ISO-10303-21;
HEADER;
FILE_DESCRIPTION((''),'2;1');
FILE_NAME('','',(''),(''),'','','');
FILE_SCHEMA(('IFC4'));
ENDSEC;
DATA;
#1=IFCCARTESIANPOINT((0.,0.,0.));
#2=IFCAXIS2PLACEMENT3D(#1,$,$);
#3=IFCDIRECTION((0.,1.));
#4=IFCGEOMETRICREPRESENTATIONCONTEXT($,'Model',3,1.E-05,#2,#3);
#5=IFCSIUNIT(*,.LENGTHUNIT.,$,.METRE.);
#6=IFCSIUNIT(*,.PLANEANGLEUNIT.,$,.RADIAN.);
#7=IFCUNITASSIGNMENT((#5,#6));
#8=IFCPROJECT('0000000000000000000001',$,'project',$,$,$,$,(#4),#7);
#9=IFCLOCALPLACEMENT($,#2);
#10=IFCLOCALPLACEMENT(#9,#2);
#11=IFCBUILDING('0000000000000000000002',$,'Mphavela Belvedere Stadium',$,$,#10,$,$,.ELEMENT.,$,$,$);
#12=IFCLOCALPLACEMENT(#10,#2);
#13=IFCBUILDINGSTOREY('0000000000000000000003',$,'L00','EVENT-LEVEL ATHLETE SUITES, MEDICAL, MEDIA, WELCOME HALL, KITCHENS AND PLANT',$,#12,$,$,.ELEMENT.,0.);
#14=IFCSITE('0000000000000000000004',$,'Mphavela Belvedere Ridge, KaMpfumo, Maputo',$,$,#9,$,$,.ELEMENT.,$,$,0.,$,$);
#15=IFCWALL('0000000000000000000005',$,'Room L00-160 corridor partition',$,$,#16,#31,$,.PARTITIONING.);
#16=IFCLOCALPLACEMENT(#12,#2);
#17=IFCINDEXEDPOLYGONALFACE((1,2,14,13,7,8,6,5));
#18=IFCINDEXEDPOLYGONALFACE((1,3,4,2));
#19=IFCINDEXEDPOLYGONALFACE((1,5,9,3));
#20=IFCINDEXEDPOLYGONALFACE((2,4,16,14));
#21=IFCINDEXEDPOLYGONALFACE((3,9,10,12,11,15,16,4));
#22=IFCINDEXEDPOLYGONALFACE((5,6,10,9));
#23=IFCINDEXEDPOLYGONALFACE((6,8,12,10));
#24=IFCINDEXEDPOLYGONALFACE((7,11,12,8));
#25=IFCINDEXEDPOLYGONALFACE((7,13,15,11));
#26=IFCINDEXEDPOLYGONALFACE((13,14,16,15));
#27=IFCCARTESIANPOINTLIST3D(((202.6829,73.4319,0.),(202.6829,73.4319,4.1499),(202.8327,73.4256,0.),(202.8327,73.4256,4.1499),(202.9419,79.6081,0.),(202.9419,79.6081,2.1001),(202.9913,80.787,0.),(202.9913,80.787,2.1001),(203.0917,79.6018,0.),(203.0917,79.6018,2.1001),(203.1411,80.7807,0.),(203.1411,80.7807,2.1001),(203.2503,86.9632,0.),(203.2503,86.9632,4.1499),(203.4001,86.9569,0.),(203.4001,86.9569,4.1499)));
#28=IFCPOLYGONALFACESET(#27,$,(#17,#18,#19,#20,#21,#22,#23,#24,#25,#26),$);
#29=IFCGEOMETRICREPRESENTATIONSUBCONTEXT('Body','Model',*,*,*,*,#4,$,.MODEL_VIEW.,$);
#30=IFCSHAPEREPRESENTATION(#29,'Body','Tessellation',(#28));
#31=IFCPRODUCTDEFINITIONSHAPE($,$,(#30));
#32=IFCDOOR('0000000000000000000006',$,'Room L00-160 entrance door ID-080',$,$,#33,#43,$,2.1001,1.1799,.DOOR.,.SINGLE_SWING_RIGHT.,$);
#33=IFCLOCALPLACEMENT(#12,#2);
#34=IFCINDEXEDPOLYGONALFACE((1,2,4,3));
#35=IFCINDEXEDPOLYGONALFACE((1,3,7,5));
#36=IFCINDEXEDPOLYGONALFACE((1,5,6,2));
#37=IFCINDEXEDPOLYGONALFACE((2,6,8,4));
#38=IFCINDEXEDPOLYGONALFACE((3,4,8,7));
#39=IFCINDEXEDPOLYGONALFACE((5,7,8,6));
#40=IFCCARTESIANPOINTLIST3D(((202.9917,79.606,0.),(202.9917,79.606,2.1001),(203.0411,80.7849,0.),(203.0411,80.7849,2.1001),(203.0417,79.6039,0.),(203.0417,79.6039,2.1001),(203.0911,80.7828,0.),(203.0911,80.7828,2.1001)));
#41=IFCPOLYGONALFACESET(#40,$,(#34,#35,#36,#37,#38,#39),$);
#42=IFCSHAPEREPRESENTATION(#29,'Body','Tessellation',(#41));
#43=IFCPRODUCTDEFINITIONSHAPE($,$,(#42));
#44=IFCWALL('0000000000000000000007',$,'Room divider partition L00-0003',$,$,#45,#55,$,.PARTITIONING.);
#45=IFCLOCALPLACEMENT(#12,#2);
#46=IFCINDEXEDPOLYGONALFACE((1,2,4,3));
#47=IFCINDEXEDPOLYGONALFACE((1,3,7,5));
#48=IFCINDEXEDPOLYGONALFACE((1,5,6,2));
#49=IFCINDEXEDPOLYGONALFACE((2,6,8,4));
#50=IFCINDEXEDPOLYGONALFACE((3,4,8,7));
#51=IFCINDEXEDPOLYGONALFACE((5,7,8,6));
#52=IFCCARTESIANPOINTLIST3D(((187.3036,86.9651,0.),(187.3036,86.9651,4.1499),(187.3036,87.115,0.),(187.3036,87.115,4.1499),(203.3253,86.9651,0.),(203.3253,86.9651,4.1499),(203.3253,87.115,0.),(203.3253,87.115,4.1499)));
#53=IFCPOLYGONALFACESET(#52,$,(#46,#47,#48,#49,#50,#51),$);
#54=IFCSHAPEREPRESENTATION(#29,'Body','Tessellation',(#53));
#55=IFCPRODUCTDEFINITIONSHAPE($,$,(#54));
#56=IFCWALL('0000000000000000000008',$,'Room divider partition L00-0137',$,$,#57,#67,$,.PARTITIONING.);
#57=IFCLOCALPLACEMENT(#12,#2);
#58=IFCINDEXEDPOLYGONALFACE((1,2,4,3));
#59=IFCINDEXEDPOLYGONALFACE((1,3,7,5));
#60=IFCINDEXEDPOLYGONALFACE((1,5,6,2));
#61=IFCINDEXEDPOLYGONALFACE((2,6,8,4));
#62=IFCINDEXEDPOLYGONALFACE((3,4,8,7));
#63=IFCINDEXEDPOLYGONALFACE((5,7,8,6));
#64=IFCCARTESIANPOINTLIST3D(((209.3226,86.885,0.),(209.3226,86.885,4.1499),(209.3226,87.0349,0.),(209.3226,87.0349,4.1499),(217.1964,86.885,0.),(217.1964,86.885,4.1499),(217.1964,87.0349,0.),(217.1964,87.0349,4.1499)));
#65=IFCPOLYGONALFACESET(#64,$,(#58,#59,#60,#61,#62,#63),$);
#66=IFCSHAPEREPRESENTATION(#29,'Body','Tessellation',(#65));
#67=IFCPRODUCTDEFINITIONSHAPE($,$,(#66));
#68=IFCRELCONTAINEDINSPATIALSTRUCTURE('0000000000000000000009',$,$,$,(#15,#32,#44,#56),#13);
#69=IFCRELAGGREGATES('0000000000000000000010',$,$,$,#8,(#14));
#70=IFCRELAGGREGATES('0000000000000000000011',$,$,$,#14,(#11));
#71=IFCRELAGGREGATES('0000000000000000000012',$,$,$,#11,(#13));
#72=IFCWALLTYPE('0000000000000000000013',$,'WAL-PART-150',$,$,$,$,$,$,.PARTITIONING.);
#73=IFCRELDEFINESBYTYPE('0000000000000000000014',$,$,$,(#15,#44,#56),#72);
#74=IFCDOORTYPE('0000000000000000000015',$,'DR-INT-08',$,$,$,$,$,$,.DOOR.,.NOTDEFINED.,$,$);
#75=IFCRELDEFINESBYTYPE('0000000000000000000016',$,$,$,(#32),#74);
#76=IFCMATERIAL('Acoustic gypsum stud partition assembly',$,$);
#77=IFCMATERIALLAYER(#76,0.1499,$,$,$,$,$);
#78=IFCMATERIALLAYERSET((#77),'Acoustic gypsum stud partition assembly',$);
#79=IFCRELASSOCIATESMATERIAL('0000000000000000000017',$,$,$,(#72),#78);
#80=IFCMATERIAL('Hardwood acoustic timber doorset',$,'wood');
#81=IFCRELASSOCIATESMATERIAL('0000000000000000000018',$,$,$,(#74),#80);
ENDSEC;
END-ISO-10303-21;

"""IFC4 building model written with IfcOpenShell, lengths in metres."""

from ifc_helpers import new_model, si_unit, direction, frame, frame_2d, origin, place, context, subcontext, project, spatial, rectangle, extrude, material, layer, layer_set, type_object, element, fill, save


model = new_model("IFC4")

# Units and contexts
model_context = context("Model", 3, precision=1e-05, world=origin(), true_north=direction((0.0, 1.0)))
body_context = subcontext(model_context, "Body", "Model", "MODEL_VIEW")
ifc_project = project(units=[si_unit("LENGTHUNIT", "METRE"), si_unit("PLANEANGLEUNIT", "RADIAN")], contexts=[model_context])

# Site, building, storey
site_placement = place(None, origin())
site = spatial("IfcSite", under=ifc_project, at=site_placement, Name="Mphavela Belvedere Ridge, KaMpfumo, Maputo", CompositionType="ELEMENT", RefElevation=0.0)
building_placement = place(site_placement, origin())
building = spatial("IfcBuilding", under=site, at=building_placement, Name="Mphavela Belvedere Stadium", CompositionType="ELEMENT")
storey_placement = place(building_placement, origin())
storey = spatial("IfcBuildingStorey", under=building, at=storey_placement, Name="L00", Description="EVENT-LEVEL ATHLETE SUITES, MEDICAL, MEDIA, WELCOME HALL, KITCHENS AND PLANT", CompositionType="ELEMENT", Elevation=0.0)

# Wall, opening, door
ifc_material_1 = material(Name="Acoustic gypsum stud partition assembly")
ifc_layer_1 = layer(ifc_material_1, 0.1499)
ifc_layer_set_1 = layer_set([ifc_layer_1], Name="Acoustic gypsum stud partition assembly")
wall_type_1 = type_object("IfcWallType", Name="WAL-PART-150", PredefinedType="PARTITIONING", material=ifc_layer_set_1)
wall_1_placement = place(storey_placement, frame((203.3252, 86.96, 0.0), z_axis=(0.0, 0.0, 1.0), x_axis=(-0.041894, -0.999122, 0.0)))
wall_1 = element("IfcWall", 1, at=wall_1_placement, inside=storey, type_object=wall_type_1, Name="Room L00-160 corridor partition", PredefinedType="PARTITIONING", context=body_context, shape_type="SweptSolid", body=[
    extrude(rectangle(XDim=13.5432, YDim=0.1499, at=frame_2d((6.7715, 0.0))), origin(), (0.0, 0.0, 1.0), 4.1499),
])
opening_1_placement = place(wall_1_placement, frame((6.1816, 0.0, 0.0)))
opening_1 = element("IfcOpeningElement", 2, at=opening_1_placement, cuts=wall_1, PredefinedType="OPENING", context=body_context, shape_type="SweptSolid", body=[
    extrude(rectangle(XDim=1.1799, YDim=2.1001, at=frame_2d((0.5898, 1.05))), frame((0.0, 0.085, 0.0), z_axis=(0.0, -1.0, 0.0), x_axis=(1.0, 0.0, 0.0)), (0.0, 0.0, 1.0), 0.1699),
])
ifc_material_2 = material(Name="Hardwood acoustic timber doorset", Category="wood")
door_type_1 = type_object("IfcDoorType", Name="DR-INT-08", OperationType="NOTDEFINED", PredefinedType="DOOR", material=ifc_material_2)
door_1_placement = place(opening_1_placement, origin())
door_1 = element("IfcDoor", 3, at=door_1_placement, inside=storey, type_object=door_type_1, Name="Room L00-160 entrance door ID-080", OperationType="SINGLE_SWING_RIGHT", OverallHeight=2.1001, OverallWidth=1.1799, PredefinedType="DOOR", context=body_context, shape_type="SweptSolid", body=[
    extrude(rectangle(XDim=1.1799, YDim=2.1001, at=frame_2d((0.5898, 1.05))), frame((0.0, 0.0249, 0.0), z_axis=(0.0, -1.0, 0.0), x_axis=(1.0, 0.0, 0.0)), (0.0, 0.0, 1.0), 0.05),
])
fill(opening_1, door_1)

# Walls
wall_2_placement = place(storey_placement, frame((203.3252, 87.04, 0.0), z_axis=(0.0, 0.0, 1.0), x_axis=(-1.0, 0.0, 0.0)))
element("IfcWall", 4, at=wall_2_placement, inside=storey, type_object=wall_type_1, Name="Room divider partition L00-0003", PredefinedType="PARTITIONING", context=body_context, shape_type="SweptSolid", body=[
    extrude(rectangle(XDim=16.0217, YDim=0.1499, at=frame_2d((8.0107, 0.0))), origin(), (0.0, 0.0, 1.0), 4.1499),
])
wall_3_placement = place(storey_placement, frame((209.3225, 86.96, 0.0), z_axis=(0.0, 0.0, 1.0), x_axis=(1.0, 0.0, 0.0)))
element("IfcWall", 5, at=wall_3_placement, inside=storey, type_object=wall_type_1, Name="Room divider partition L00-0137", PredefinedType="PARTITIONING", context=body_context, shape_type="SweptSolid", body=[
    extrude(rectangle(XDim=7.8738, YDim=0.1499, at=frame_2d((3.937, 0.0))), origin(), (0.0, 0.0, 1.0), 4.1499),
])

save(model, "model.ifc")
